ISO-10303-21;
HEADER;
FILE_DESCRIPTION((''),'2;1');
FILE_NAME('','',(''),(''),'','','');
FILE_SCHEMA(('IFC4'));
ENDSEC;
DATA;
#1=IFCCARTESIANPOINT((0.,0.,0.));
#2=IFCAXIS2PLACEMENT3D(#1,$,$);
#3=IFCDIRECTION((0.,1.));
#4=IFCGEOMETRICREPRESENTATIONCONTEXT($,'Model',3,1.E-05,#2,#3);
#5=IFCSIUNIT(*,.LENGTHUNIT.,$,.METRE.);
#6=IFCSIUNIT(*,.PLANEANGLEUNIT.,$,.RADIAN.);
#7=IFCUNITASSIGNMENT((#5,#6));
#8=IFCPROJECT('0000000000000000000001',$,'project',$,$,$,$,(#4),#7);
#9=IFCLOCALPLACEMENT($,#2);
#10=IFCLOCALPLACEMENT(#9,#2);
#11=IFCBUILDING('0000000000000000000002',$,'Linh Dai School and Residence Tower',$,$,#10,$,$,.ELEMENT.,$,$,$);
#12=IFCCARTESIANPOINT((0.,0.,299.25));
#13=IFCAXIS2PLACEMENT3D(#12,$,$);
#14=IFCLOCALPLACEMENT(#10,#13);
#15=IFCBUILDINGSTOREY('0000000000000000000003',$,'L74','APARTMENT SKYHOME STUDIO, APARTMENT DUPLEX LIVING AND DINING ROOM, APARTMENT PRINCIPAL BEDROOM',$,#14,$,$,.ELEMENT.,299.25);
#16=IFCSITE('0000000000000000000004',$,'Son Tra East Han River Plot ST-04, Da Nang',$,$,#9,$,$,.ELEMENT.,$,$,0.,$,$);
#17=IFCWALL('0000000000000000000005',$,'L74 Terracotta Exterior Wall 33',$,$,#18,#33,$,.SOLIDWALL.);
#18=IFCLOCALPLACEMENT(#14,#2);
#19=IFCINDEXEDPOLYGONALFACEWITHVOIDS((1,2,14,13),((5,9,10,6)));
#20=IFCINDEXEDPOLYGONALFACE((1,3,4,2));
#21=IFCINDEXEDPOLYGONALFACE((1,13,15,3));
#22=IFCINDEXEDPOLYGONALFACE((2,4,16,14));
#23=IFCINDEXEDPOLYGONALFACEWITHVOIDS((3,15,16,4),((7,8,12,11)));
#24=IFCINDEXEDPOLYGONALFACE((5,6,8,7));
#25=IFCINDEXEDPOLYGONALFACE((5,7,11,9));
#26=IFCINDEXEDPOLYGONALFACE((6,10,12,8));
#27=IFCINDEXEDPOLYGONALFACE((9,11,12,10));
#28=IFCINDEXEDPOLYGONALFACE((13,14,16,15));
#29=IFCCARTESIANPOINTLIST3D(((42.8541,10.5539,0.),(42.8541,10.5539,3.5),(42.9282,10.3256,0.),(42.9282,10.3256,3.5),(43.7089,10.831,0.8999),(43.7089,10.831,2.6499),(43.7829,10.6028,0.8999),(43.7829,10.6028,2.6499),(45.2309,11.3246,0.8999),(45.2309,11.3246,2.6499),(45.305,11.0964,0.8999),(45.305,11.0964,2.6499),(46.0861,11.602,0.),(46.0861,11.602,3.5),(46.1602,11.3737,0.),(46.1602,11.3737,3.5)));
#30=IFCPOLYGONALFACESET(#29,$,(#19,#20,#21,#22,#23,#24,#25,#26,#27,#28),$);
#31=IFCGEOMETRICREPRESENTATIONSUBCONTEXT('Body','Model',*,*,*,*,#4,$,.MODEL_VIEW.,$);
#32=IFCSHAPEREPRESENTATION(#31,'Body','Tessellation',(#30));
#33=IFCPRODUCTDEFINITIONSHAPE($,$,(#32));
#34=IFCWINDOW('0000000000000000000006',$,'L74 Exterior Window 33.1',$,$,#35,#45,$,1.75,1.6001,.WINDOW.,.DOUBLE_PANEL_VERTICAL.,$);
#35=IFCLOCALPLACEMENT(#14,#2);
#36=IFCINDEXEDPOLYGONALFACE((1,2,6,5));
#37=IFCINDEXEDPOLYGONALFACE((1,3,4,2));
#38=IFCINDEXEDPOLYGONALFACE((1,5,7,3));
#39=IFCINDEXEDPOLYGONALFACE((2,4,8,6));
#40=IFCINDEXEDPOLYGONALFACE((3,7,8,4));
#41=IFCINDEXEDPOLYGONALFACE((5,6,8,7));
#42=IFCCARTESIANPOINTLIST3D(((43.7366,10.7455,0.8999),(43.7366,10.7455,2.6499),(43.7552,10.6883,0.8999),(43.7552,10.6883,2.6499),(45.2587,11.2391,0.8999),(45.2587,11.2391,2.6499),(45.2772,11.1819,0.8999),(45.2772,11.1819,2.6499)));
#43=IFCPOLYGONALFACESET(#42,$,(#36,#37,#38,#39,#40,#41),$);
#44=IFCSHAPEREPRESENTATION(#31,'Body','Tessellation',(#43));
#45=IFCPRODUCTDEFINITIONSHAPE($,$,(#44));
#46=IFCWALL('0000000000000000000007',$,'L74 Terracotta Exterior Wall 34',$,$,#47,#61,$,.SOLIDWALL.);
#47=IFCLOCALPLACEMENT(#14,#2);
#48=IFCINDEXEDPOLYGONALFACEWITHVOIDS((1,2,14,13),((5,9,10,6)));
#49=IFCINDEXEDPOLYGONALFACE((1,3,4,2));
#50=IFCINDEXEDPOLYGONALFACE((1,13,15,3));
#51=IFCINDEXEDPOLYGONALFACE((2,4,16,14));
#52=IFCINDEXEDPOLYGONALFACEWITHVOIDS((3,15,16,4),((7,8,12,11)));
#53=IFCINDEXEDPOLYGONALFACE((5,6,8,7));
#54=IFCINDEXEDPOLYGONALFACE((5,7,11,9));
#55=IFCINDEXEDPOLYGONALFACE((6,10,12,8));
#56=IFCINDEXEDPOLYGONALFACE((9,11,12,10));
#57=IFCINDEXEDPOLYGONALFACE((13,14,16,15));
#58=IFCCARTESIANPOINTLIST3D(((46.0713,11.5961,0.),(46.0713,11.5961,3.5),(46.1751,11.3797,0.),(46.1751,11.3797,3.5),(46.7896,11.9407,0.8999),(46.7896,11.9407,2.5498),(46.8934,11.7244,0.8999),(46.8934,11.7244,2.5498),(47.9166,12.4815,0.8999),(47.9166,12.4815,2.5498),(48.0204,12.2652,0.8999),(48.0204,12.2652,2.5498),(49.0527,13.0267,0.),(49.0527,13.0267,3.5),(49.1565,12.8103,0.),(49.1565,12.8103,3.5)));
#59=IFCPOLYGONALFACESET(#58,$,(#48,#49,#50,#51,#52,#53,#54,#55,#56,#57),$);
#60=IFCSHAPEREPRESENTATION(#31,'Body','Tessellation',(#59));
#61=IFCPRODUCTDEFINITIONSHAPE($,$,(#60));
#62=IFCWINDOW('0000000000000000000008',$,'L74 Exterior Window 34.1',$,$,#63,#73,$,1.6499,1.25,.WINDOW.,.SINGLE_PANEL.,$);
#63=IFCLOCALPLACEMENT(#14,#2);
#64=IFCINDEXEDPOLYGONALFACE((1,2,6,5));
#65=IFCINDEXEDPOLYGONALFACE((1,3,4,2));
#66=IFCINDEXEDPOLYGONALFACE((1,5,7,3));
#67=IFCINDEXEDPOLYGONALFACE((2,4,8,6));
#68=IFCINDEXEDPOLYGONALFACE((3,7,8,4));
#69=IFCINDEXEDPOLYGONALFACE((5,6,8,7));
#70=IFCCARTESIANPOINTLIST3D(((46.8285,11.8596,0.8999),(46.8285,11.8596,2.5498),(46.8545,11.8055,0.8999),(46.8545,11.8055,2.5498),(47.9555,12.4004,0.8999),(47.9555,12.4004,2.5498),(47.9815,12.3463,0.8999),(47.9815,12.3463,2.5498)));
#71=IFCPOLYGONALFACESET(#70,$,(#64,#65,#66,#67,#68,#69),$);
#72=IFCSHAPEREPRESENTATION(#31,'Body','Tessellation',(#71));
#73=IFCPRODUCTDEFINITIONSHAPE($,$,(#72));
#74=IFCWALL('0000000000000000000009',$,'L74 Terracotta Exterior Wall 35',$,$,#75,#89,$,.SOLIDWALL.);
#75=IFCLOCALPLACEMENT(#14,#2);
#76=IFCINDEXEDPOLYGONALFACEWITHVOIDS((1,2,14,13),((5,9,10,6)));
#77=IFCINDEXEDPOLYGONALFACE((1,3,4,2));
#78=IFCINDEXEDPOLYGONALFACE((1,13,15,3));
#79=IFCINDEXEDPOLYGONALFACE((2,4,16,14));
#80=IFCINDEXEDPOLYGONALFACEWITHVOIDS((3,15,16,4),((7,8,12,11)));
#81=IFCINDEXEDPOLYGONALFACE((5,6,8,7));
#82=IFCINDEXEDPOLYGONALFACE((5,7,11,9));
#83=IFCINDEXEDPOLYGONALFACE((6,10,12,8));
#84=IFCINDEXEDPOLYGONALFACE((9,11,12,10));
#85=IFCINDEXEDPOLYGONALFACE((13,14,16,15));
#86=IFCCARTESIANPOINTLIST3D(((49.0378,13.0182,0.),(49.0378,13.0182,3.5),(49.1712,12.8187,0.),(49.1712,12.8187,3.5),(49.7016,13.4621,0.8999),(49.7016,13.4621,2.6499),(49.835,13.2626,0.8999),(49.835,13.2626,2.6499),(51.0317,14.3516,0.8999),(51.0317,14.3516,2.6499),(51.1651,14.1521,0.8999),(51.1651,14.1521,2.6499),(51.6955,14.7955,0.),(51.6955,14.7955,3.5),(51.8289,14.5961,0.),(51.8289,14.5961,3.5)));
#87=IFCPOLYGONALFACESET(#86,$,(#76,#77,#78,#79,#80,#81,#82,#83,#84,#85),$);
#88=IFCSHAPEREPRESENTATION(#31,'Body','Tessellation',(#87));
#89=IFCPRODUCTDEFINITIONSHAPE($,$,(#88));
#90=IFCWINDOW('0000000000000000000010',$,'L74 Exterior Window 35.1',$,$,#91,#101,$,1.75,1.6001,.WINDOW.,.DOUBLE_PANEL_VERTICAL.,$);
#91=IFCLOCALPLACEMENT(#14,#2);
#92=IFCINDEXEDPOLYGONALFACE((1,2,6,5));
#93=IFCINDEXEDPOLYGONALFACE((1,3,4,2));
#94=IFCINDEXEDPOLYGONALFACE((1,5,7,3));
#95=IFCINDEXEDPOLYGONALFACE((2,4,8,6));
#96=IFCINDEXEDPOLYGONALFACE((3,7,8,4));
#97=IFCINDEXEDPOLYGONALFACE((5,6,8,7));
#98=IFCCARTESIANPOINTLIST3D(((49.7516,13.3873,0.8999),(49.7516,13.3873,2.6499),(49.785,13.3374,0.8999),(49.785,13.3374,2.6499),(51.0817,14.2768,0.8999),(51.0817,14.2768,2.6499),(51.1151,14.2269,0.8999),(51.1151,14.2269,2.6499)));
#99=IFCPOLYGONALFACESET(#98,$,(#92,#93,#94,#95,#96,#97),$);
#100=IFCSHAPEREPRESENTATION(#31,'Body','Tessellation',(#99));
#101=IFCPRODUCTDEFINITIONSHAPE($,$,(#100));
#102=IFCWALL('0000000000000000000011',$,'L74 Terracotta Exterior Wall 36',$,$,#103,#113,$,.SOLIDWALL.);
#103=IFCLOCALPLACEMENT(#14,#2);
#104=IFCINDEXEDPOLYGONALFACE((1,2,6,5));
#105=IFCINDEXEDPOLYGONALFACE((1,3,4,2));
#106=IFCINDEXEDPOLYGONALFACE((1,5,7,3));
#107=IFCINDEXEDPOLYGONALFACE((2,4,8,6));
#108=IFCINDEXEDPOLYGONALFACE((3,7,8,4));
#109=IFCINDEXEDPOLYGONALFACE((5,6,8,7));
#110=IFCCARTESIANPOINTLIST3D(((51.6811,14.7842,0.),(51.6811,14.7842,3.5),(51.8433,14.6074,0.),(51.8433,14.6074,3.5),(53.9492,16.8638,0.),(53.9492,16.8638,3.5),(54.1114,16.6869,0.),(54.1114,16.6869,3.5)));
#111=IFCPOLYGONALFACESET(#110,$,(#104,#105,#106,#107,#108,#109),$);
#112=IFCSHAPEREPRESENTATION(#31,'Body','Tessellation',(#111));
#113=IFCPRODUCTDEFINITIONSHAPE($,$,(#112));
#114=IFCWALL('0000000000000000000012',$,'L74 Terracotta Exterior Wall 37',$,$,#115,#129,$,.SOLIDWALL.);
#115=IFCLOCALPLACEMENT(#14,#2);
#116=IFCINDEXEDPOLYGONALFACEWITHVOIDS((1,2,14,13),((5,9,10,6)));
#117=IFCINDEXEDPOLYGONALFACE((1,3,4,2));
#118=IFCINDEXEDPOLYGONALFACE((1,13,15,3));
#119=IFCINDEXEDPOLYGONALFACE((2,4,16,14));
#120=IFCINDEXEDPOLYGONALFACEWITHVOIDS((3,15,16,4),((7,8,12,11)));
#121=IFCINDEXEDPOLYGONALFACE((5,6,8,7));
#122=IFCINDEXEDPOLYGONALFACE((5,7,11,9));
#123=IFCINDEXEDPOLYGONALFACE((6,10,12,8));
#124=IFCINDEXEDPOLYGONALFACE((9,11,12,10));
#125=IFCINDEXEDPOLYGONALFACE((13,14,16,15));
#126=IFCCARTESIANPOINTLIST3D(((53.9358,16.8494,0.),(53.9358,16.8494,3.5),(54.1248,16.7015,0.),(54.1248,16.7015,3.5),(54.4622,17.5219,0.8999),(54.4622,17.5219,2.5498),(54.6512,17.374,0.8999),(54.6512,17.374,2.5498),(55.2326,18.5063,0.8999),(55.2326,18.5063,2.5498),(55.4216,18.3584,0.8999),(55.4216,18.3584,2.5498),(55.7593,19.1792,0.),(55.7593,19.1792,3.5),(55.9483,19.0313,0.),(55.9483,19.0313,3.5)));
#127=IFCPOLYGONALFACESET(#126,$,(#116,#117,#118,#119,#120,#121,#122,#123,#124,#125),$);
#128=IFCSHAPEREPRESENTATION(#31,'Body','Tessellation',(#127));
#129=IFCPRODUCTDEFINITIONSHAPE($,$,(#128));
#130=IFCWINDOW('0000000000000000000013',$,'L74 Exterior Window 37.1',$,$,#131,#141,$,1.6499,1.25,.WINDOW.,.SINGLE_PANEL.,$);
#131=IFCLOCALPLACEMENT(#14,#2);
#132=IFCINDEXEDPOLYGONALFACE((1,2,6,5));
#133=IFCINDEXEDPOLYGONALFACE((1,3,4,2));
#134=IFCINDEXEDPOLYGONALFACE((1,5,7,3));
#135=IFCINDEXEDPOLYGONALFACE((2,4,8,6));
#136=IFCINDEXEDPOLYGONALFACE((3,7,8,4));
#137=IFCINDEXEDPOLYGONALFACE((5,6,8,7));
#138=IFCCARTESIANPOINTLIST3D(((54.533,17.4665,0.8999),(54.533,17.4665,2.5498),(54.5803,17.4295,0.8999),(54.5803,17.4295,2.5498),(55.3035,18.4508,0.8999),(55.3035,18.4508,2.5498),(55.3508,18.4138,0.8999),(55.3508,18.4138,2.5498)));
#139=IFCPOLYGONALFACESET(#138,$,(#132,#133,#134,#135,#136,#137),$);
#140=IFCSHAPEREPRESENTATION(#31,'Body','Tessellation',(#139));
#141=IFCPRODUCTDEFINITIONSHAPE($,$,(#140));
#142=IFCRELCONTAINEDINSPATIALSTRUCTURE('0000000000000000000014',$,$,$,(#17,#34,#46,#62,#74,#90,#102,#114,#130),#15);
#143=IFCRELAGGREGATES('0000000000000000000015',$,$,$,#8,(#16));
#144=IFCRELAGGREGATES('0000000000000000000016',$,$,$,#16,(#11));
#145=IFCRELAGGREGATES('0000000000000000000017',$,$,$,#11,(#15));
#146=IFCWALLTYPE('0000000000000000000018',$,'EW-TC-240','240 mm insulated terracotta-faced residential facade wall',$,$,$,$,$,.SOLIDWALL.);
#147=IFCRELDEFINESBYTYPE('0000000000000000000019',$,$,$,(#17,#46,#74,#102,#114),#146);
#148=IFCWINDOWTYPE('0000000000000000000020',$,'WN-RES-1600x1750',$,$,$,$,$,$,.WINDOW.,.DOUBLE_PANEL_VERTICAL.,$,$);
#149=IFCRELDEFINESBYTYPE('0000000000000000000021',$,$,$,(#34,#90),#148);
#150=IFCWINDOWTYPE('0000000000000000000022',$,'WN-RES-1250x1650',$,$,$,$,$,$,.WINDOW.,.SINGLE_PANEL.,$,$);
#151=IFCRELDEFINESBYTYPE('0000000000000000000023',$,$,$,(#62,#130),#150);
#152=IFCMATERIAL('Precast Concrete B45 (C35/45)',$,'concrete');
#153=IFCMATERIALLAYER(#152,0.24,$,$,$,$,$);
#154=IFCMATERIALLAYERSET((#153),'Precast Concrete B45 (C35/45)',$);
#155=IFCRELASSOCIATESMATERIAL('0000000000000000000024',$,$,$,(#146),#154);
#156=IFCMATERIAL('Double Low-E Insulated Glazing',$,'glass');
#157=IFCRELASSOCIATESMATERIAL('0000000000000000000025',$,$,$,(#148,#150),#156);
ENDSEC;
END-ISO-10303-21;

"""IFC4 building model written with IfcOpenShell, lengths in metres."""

from ifc_helpers import new_model, si_unit, direction, frame, frame_2d, origin, origin_2d, place, context, subcontext, project, spatial, rectangle, extrude, source, transform, mapped, material, layer, layer_set, type_object, element, fill, save


model = new_model("IFC4")

# Units and contexts
model_context = context("Model", 3, precision=1e-05, world=origin(), true_north=direction((0.0, 1.0)))
body_context = subcontext(model_context, "Body", "Model", "MODEL_VIEW")
ifc_project = project(units=[si_unit("LENGTHUNIT", "METRE"), si_unit("PLANEANGLEUNIT", "RADIAN")], contexts=[model_context])

# Site, building, storey
site_placement = place(None, origin())
site = spatial("IfcSite", under=ifc_project, at=site_placement, Name="Son Tra East Han River Plot ST-04, Da Nang", CompositionType="ELEMENT", RefElevation=0.0)
building_placement = place(site_placement, origin())
building = spatial("IfcBuilding", under=site, at=building_placement, Name="Linh Dai School and Residence Tower", CompositionType="ELEMENT")
storey_placement = place(building_placement, frame((0.0, 0.0, 299.25)))
storey = spatial("IfcBuildingStorey", under=building, at=storey_placement, Name="L74", Description="APARTMENT SKYHOME STUDIO, APARTMENT DUPLEX LIVING AND DINING ROOM, APARTMENT PRINCIPAL BEDROOM", CompositionType="ELEMENT", Elevation=299.25)

# Shared definitions
ifc_material_1 = material(Name="Precast Concrete B45 (C35/45)", Category="concrete")

# Walls, openings, windows
ifc_layer_1 = layer(ifc_material_1, 0.24)
ifc_layer_set_1 = layer_set([ifc_layer_1], Name="Precast Concrete B45 (C35/45)")
wall_type_1 = type_object("IfcWallType", Name="EW-TC-240", Description="240 mm insulated terracotta-faced residential facade wall", PredefinedType="SOLIDWALL", material=ifc_layer_set_1)
wall_1_placement = place(storey_placement, frame((46.123, 11.4878, 0.0), z_axis=(0.0, 0.0, 1.0), x_axis=(-0.951231, -0.308478, 0.0)))
wall_1 = element("IfcWall", 1, at=wall_1_placement, inside=storey, type_object=wall_type_1, Name="L74 Terracotta Exterior Wall 33", PredefinedType="SOLIDWALL", context=body_context, shape_type="SweptSolid", body=[
    extrude(rectangle(XDim=3.3977, YDim=0.24, at=frame_2d((1.6987, 0.0))), origin(), (0.0, 0.0, 1.0), 3.5),
])
opening_1_placement = place(wall_1_placement, frame((0.8989, 0.0, 0.8999)))
opening_1 = element("IfcOpeningElement", 2, at=opening_1_placement, cuts=wall_1, PredefinedType="OPENING", context=body_context, shape_type="SweptSolid", body=[
    extrude(rectangle(XDim=1.6001, YDim=1.75, at=origin_2d()), frame((0.8, 0.1299, 0.875), z_axis=(0.0, -1.0, 0.0), x_axis=(1.0, 0.0, 0.0)), (0.0, 0.0, 1.0), 0.26),
])
ifc_material_2 = material(Name="Double Low-E Insulated Glazing", Category="glass")
window_type_1 = type_object("IfcWindowType", Name="WN-RES-1600x1750", PartitioningType="DOUBLE_PANEL_VERTICAL", PredefinedType="WINDOW", material=ifc_material_2)
shared_shape_1 = source(origin(), body_context, "Body", "SweptSolid", [
    extrude(rectangle(XDim=1.6001, YDim=1.75, at=origin_2d()), frame((0.8, 0.03, 0.875), z_axis=(0.0, -1.0, 0.0), x_axis=(1.0, 0.0, 0.0)), (0.0, 0.0, 1.0), 0.0601),
])
window_1_placement = place(opening_1_placement, origin())
window_1 = element("IfcWindow", 3, at=window_1_placement, inside=storey, type_object=window_type_1, Name="L74 Exterior Window 33.1", OverallHeight=1.75, OverallWidth=1.6001, PartitioningType="DOUBLE_PANEL_VERTICAL", PredefinedType="WINDOW", context=body_context, shape_type="MappedRepresentation", body=[
    mapped(shared_shape_1, transform((0.0, 0.0, 0.0), x_axis=(1.0, 0.0, 0.0), y_axis=(0.0, 1.0, 0.0), z_axis=(0.0, 0.0, 1.0), scale=1.0)),
])
fill(opening_1, window_1)
wall_2_placement = place(storey_placement, frame((49.1045, 12.9185, 0.0), z_axis=(0.0, 0.0, 1.0), x_axis=(-0.901574, -0.432625, 0.0)))
wall_2 = element("IfcWall", 4, at=wall_2_placement, inside=storey, type_object=wall_type_1, Name="L74 Terracotta Exterior Wall 34", PredefinedType="SOLIDWALL", context=body_context, shape_type="SweptSolid", body=[
    extrude(rectangle(XDim=3.3069, YDim=0.24, at=frame_2d((1.6533, 0.0))), origin(), (0.0, 0.0, 1.0), 3.5),
])
opening_2_placement = place(wall_2_placement, frame((1.26, 0.0, 0.8999)))
opening_2 = element("IfcOpeningElement", 5, at=opening_2_placement, cuts=wall_2, PredefinedType="OPENING", context=body_context, shape_type="SweptSolid", body=[
    extrude(rectangle(XDim=1.25, YDim=1.6499, at=origin_2d()), frame((0.625, 0.1299, 0.825), z_axis=(0.0, -1.0, 0.0), x_axis=(1.0, 0.0, 0.0)), (0.0, 0.0, 1.0), 0.26),
])
window_type_2 = type_object("IfcWindowType", Name="WN-RES-1250x1650", PartitioningType="SINGLE_PANEL", PredefinedType="WINDOW", material=ifc_material_2)
shared_shape_2 = source(origin(), body_context, "Body", "SweptSolid", [
    extrude(rectangle(XDim=1.25, YDim=1.6499, at=origin_2d()), frame((0.625, 0.03, 0.825), z_axis=(0.0, -1.0, 0.0), x_axis=(1.0, 0.0, 0.0)), (0.0, 0.0, 1.0), 0.0601),
])
window_2_placement = place(opening_2_placement, origin())
window_2 = element("IfcWindow", 6, at=window_2_placement, inside=storey, type_object=window_type_2, Name="L74 Exterior Window 34.1", OverallHeight=1.6499, OverallWidth=1.25, PartitioningType="SINGLE_PANEL", PredefinedType="WINDOW", context=body_context, shape_type="MappedRepresentation", body=[
    mapped(shared_shape_2, transform((0.0, 0.0, 0.0), x_axis=(1.0, 0.0, 0.0), y_axis=(0.0, 1.0, 0.0), z_axis=(0.0, 0.0, 1.0), scale=1.0)),
])
fill(opening_2, window_2)
wall_3_placement = place(storey_placement, frame((51.7622, 14.6958, 0.0), z_axis=(0.0, 0.0, 1.0), x_axis=(-0.831251, -0.555898, 0.0)))
wall_3 = element("IfcWall", 7, at=wall_3_placement, inside=storey, type_object=wall_type_1, Name="L74 Terracotta Exterior Wall 35", PredefinedType="SOLIDWALL", context=body_context, shape_type="SweptSolid", body=[
    extrude(rectangle(XDim=3.1973, YDim=0.24, at=frame_2d((1.5986, 0.0))), origin(), (0.0, 0.0, 1.0), 3.5),
])
opening_3_placement = place(wall_3_placement, frame((0.7986, 0.0, 0.8999)))
opening_3 = element("IfcOpeningElement", 8, at=opening_3_placement, cuts=wall_3, PredefinedType="OPENING", context=body_context, shape_type="SweptSolid", body=[
    extrude(rectangle(XDim=1.6001, YDim=1.75, at=origin_2d()), frame((0.8, 0.1299, 0.875), z_axis=(0.0, -1.0, 0.0), x_axis=(1.0, 0.0, 0.0)), (0.0, 0.0, 1.0), 0.26),
])
window_3_placement = place(opening_3_placement, origin())
window_3 = element("IfcWindow", 9, at=window_3_placement, inside=storey, type_object=window_type_1, Name="L74 Exterior Window 35.1", OverallHeight=1.75, OverallWidth=1.6001, PartitioningType="DOUBLE_PANEL_VERTICAL", PredefinedType="WINDOW", context=body_context, shape_type="MappedRepresentation", body=[
    mapped(shared_shape_1, transform((0.0, 0.0, 0.0), x_axis=(1.0, 0.0, 0.0), y_axis=(0.0, 1.0, 0.0), z_axis=(0.0, 0.0, 1.0), scale=1.0)),
])
fill(opening_3, window_3)

# Wall
wall_4_placement = place(storey_placement, frame((54.0303, 16.7754, 0.0), z_axis=(0.0, 0.0, 1.0), x_axis=(-0.737069, -0.675818, 0.0)))
element("IfcWall", 10, at=wall_4_placement, inside=storey, type_object=wall_type_1, Name="L74 Terracotta Exterior Wall 36", PredefinedType="SOLIDWALL", context=body_context, shape_type="SweptSolid", body=[
    extrude(rectangle(XDim=3.0771, YDim=0.24, at=frame_2d((1.5386, 0.0))), origin(), (0.0, 0.0, 1.0), 3.5),
])

# Wall, opening, window
wall_5_placement = place(storey_placement, frame((55.8538, 19.1052, 0.0), z_axis=(0.0, 0.0, 1.0), x_axis=(-0.616337, -0.787482, 0.0)))
wall_5 = element("IfcWall", 11, at=wall_5_placement, inside=storey, type_object=wall_type_1, Name="L74 Terracotta Exterior Wall 37", PredefinedType="SOLIDWALL", context=body_context, shape_type="SweptSolid", body=[
    extrude(rectangle(XDim=2.9585, YDim=0.24, at=frame_2d((1.4792, 0.0))), origin(), (0.0, 0.0, 1.0), 3.5),
])
opening_4_placement = place(wall_5_placement, frame((0.8545, 0.0, 0.8999)))
opening_4 = element("IfcOpeningElement", 12, at=opening_4_placement, cuts=wall_5, PredefinedType="OPENING", context=body_context, shape_type="SweptSolid", body=[
    extrude(rectangle(XDim=1.25, YDim=1.6499, at=origin_2d()), frame((0.625, 0.1299, 0.825), z_axis=(0.0, -1.0, 0.0), x_axis=(1.0, 0.0, 0.0)), (0.0, 0.0, 1.0), 0.26),
])
window_4_placement = place(opening_4_placement, origin())
window_4 = element("IfcWindow", 13, at=window_4_placement, inside=storey, type_object=window_type_2, Name="L74 Exterior Window 37.1", OverallHeight=1.6499, OverallWidth=1.25, PartitioningType="SINGLE_PANEL", PredefinedType="WINDOW", context=body_context, shape_type="MappedRepresentation", body=[
    mapped(shared_shape_2, transform((0.0, 0.0, 0.0), x_axis=(1.0, 0.0, 0.0), y_axis=(0.0, 1.0, 0.0), z_axis=(0.0, 0.0, 1.0), scale=1.0)),
])
fill(opening_4, window_4)

save(model, "model.ifc")
